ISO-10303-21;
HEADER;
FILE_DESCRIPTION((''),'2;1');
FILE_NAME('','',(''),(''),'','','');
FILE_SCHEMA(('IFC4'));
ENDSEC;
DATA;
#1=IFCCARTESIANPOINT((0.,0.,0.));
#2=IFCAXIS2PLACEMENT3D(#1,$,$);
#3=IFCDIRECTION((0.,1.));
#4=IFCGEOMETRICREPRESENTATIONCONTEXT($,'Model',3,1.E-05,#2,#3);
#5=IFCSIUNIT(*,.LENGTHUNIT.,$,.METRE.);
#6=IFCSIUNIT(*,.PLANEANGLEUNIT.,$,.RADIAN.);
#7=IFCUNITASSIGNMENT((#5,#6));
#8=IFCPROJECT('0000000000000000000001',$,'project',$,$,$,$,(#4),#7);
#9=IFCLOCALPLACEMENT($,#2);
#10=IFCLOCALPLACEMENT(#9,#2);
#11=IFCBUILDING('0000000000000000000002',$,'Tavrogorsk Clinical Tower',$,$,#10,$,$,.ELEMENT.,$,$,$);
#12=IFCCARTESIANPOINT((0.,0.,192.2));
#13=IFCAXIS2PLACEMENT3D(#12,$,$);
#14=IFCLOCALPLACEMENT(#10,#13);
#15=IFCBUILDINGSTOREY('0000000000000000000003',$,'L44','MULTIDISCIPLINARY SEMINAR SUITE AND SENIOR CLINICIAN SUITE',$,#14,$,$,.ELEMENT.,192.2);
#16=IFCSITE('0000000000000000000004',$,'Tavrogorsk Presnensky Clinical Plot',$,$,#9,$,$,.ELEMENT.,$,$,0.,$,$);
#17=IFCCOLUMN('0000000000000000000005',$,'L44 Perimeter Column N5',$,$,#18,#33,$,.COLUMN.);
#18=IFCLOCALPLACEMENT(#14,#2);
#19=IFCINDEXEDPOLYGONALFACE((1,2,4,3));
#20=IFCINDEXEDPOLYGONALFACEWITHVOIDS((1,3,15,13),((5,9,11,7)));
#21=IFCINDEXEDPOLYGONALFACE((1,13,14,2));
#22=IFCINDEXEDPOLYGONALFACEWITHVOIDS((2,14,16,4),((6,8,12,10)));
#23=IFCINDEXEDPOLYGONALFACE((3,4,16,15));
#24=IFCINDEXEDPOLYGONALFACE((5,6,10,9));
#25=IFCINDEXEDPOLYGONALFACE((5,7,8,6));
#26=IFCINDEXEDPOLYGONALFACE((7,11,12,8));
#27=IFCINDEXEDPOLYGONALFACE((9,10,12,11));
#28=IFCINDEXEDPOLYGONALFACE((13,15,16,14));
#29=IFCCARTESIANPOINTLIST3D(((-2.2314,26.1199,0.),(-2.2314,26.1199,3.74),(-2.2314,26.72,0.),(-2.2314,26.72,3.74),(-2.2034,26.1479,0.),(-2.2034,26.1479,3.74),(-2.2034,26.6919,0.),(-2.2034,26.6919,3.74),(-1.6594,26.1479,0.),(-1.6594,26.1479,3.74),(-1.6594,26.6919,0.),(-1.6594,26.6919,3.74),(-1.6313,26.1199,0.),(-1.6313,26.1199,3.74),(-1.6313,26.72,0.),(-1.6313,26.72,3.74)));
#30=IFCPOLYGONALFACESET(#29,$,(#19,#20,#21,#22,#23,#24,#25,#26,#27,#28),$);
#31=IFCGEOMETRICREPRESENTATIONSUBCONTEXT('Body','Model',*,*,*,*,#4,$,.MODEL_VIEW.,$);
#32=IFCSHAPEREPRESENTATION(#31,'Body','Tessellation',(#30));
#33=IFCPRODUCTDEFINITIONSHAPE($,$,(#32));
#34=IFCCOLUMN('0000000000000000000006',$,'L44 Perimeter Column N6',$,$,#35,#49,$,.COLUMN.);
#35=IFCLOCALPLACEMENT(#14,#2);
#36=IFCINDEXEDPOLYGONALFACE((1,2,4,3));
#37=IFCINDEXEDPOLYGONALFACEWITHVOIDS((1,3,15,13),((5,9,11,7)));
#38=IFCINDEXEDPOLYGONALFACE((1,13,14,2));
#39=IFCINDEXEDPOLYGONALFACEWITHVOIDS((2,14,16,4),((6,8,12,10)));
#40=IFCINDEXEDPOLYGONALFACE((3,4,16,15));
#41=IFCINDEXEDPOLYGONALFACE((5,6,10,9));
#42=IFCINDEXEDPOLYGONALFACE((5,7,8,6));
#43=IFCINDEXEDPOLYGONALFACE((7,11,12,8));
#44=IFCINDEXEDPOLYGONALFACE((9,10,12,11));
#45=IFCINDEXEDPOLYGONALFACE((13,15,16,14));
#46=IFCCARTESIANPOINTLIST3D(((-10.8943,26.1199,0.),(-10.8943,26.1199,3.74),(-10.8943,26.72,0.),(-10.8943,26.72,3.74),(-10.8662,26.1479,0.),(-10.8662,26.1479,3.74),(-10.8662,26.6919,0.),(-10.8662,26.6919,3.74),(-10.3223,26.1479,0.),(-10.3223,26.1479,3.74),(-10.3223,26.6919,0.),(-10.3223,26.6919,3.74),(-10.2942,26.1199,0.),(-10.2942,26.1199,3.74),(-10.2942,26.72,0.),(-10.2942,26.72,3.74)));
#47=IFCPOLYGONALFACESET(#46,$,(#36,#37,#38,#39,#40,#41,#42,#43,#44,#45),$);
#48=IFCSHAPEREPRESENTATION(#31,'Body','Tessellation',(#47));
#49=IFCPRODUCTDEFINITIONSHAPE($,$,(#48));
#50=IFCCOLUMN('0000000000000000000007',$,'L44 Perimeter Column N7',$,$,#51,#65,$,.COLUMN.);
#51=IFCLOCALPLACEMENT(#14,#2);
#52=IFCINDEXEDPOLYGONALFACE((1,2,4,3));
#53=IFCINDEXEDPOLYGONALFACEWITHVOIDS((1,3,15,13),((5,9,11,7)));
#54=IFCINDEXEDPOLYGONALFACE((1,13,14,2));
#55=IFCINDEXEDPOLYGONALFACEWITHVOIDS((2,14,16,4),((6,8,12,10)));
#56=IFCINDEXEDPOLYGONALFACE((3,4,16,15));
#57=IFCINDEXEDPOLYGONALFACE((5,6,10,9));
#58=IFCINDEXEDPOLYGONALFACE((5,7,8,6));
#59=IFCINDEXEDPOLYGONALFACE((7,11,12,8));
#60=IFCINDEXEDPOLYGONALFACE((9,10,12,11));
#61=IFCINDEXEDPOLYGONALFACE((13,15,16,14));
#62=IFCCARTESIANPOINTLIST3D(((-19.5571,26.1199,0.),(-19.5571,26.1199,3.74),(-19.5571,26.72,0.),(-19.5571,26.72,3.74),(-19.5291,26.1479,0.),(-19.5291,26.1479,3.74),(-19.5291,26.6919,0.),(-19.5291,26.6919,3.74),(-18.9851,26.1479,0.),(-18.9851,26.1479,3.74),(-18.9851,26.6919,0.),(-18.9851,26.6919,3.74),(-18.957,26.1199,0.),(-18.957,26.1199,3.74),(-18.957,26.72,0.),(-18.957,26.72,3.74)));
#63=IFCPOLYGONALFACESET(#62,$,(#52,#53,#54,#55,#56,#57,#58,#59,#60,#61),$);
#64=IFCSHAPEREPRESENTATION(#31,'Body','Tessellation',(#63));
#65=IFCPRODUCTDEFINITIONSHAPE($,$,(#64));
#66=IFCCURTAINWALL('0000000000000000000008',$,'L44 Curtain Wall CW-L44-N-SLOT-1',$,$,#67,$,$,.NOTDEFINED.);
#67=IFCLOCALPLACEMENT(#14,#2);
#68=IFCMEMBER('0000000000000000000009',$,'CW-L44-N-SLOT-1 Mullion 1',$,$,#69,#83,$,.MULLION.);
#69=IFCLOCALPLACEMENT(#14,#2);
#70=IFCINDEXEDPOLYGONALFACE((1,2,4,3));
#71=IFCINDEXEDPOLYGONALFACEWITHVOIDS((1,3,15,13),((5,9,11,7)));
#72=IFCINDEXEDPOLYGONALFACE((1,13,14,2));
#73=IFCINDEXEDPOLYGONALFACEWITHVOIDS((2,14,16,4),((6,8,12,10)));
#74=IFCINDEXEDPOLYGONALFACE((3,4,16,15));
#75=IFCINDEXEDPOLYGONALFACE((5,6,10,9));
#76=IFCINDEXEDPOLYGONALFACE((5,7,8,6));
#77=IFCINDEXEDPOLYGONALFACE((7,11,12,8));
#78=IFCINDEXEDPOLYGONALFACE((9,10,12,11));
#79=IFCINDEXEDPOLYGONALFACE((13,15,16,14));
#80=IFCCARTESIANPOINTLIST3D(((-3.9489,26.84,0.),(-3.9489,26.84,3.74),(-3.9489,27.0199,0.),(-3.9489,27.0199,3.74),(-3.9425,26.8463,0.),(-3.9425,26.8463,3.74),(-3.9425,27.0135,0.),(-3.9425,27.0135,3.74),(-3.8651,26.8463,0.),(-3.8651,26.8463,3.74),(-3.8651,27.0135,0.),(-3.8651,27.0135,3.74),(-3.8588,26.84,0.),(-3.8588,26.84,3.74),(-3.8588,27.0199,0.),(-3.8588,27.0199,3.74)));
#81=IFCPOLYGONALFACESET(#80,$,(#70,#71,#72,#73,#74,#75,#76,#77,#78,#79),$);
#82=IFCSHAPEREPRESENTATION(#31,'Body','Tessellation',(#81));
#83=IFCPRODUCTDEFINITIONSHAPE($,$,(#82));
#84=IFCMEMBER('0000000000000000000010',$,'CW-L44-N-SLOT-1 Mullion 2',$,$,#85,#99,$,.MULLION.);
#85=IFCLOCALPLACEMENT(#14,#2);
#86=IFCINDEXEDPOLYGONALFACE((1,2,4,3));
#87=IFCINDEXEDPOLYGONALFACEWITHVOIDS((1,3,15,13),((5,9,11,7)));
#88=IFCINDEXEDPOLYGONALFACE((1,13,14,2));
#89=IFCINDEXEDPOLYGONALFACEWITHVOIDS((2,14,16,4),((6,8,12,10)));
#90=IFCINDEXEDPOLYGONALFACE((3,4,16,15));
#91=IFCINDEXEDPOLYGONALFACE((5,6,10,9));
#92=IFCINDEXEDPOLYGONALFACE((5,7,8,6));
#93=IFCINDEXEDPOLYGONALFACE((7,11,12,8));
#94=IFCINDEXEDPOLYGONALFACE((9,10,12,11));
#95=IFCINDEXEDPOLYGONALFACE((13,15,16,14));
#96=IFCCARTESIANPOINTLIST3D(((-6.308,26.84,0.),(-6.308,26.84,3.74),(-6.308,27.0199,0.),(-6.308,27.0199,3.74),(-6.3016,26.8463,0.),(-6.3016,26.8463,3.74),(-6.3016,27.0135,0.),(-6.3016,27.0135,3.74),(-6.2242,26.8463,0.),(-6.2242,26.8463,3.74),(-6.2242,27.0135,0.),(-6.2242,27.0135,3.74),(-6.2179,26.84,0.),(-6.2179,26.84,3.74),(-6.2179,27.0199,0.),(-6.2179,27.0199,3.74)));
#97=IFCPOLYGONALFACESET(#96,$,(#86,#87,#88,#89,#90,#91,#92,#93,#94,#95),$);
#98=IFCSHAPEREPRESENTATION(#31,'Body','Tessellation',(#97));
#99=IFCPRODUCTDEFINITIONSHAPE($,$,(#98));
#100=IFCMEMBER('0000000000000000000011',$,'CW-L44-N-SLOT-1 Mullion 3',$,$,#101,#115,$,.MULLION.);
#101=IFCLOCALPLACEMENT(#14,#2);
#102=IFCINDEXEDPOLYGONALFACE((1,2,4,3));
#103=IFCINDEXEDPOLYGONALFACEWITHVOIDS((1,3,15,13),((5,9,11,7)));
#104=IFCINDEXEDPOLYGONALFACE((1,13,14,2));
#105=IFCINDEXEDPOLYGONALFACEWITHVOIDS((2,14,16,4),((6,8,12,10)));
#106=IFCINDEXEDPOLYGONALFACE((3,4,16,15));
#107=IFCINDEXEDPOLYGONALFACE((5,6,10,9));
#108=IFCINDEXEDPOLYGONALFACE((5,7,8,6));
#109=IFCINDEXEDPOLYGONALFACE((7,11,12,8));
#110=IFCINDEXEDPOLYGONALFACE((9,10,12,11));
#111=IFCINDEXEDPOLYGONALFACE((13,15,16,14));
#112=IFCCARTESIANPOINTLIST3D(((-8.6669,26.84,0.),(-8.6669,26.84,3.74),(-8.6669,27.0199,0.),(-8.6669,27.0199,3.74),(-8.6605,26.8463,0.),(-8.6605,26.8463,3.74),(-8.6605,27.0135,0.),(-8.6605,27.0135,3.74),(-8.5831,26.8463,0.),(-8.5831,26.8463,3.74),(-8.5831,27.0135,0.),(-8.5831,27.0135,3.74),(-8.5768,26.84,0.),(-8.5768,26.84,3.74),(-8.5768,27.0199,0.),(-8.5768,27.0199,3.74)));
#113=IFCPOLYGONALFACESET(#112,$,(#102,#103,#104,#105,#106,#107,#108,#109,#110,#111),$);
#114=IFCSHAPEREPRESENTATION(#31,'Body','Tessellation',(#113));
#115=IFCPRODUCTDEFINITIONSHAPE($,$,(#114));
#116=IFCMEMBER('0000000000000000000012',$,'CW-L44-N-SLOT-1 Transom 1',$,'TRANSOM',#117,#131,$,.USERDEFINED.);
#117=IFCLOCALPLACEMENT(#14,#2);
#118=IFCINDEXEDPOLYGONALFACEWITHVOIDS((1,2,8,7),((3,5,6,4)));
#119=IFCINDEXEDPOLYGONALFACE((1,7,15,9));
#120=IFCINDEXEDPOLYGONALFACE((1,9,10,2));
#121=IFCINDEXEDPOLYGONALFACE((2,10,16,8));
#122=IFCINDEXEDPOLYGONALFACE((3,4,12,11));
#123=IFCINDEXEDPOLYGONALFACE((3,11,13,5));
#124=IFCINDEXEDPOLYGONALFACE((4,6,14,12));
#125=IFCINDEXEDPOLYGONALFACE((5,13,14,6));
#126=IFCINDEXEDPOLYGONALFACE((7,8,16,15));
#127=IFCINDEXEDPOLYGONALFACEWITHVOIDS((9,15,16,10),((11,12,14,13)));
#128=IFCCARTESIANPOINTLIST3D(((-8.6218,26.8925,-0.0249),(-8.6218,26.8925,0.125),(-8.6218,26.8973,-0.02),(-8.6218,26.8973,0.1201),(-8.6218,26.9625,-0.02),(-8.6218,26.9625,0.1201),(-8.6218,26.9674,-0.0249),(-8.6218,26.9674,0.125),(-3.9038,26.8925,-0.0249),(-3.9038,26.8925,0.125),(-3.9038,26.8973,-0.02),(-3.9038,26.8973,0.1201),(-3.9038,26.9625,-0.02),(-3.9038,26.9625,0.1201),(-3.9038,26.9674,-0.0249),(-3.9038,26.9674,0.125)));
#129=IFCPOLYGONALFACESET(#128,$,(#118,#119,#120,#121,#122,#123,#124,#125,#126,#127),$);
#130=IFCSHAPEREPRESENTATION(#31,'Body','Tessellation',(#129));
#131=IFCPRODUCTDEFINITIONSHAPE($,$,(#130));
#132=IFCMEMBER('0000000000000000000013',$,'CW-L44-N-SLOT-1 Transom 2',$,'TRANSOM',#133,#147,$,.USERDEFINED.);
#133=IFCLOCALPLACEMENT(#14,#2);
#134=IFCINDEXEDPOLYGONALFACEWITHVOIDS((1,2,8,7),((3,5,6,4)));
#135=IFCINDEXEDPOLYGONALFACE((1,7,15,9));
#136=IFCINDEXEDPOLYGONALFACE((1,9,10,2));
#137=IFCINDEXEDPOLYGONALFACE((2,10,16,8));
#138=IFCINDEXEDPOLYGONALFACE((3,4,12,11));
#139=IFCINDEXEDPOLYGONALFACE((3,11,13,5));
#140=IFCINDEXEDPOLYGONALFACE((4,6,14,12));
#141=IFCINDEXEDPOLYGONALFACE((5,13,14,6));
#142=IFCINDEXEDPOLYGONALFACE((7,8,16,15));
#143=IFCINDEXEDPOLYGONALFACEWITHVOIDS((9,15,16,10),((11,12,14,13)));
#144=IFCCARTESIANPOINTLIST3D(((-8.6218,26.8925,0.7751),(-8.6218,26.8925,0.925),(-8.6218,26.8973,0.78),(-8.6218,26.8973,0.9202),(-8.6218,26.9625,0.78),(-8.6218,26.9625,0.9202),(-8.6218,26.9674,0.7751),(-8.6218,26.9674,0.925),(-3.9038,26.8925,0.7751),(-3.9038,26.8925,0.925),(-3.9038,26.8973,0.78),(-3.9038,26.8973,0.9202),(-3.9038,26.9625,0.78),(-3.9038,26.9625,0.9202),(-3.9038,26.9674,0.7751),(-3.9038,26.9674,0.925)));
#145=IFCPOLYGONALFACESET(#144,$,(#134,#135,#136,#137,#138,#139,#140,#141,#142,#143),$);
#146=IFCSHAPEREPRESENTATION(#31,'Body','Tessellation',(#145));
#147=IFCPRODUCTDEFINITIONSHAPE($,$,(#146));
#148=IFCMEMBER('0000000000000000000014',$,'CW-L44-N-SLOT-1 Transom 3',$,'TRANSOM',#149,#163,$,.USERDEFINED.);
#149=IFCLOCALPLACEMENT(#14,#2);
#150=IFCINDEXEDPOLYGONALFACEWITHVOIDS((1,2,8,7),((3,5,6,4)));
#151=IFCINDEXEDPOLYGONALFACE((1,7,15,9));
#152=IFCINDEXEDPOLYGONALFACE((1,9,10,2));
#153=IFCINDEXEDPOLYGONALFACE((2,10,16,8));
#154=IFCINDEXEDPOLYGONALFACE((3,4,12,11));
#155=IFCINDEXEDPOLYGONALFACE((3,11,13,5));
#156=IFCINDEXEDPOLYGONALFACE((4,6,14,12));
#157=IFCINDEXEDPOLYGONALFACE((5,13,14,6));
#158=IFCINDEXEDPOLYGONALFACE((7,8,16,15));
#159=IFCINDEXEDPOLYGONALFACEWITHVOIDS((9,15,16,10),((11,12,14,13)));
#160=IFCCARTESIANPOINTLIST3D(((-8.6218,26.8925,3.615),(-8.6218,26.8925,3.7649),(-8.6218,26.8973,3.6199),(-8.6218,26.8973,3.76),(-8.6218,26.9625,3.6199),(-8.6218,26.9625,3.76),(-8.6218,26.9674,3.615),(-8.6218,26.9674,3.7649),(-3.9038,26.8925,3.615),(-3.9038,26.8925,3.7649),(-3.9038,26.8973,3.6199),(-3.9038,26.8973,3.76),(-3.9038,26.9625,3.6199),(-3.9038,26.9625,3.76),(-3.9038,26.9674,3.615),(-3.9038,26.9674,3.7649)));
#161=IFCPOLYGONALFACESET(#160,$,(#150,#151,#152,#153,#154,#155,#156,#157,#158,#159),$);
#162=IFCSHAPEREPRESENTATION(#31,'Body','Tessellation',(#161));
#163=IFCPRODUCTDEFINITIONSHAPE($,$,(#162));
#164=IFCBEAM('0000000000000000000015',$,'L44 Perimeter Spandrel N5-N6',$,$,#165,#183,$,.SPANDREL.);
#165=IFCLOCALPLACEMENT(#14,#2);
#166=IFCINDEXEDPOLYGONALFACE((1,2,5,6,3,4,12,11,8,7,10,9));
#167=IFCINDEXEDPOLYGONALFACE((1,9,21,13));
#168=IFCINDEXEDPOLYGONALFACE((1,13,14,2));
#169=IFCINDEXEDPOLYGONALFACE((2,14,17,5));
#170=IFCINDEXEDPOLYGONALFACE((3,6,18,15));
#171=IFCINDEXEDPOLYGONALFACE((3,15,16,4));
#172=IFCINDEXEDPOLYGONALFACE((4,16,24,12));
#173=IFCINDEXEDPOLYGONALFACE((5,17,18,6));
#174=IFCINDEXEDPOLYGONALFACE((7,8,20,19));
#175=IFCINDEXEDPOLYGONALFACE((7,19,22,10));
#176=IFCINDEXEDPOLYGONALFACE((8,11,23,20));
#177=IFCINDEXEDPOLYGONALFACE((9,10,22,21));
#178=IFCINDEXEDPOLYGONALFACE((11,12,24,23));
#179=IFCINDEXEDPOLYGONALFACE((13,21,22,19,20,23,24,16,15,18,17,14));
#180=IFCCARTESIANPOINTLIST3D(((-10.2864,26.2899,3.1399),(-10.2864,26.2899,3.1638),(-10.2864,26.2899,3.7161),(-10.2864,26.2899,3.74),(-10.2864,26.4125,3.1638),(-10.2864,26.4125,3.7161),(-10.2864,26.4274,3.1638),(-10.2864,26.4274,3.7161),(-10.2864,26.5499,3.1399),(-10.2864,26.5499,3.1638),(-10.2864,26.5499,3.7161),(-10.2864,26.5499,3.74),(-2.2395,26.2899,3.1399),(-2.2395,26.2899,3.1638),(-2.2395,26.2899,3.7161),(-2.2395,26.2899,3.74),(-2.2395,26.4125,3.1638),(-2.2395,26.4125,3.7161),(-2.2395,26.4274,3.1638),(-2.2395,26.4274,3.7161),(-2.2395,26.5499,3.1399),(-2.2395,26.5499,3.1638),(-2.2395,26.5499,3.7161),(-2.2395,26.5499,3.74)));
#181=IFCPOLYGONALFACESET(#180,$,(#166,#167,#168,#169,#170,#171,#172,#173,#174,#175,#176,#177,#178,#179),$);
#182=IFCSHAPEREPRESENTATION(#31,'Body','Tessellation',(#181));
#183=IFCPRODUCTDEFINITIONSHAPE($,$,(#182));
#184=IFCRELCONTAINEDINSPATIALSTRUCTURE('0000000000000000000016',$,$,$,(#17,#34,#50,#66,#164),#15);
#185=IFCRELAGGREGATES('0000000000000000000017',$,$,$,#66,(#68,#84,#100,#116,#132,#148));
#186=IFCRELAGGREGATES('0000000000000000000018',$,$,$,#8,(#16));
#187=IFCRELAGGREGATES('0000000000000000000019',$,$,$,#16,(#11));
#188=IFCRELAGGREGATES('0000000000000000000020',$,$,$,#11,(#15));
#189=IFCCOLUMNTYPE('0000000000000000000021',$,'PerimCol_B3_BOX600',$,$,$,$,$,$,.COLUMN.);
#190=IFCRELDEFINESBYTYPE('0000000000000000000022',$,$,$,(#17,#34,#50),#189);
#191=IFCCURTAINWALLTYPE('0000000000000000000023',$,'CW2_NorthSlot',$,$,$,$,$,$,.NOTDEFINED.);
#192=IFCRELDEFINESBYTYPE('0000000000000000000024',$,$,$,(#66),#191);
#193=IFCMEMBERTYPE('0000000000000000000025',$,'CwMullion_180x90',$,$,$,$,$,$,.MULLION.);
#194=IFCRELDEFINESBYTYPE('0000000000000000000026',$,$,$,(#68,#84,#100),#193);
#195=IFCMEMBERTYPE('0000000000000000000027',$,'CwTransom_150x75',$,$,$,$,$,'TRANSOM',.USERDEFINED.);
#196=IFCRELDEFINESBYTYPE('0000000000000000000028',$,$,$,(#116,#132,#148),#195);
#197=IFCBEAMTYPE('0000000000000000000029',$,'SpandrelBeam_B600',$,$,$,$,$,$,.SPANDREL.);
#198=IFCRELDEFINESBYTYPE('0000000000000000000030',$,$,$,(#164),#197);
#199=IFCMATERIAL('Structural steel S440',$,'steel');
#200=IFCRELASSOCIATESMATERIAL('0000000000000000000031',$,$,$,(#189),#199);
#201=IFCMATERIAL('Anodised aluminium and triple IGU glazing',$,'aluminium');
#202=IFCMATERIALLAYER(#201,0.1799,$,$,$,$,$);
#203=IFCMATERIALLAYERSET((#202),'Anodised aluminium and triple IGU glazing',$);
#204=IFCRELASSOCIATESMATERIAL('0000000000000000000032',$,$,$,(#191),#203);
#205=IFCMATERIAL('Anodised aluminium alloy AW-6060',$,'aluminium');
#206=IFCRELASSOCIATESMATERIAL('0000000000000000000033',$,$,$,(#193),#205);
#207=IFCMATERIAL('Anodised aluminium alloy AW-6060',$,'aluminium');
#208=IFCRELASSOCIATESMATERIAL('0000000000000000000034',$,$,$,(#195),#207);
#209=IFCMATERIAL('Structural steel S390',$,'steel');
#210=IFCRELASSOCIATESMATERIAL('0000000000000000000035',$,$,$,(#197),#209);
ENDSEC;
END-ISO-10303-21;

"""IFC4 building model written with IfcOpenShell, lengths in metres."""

from ifc_helpers import new_model, si_unit, direction, frame, origin, origin_2d, place, context, subcontext, project, spatial, hollow_rectangle, i_section, extrude, material, layer, layer_set, material_profile, profile_set, type_object, element, aggregate, save


model = new_model("IFC4")

# Units and contexts
model_context = context("Model", 3, precision=1e-05, world=origin(), true_north=direction((0.0, 1.0)))
body_context = subcontext(model_context, "Body", "Model", "MODEL_VIEW")
ifc_project = project(units=[si_unit("LENGTHUNIT", "METRE"), si_unit("PLANEANGLEUNIT", "RADIAN")], contexts=[model_context])

# Site, building, storey
site_placement = place(None, origin())
site = spatial("IfcSite", under=ifc_project, at=site_placement, Name="Tavrogorsk Presnensky Clinical Plot", CompositionType="ELEMENT", RefElevation=0.0)
building_placement = place(site_placement, origin())
building = spatial("IfcBuilding", under=site, at=building_placement, Name="Tavrogorsk Clinical Tower", CompositionType="ELEMENT")
storey_placement = place(building_placement, frame((0.0, 0.0, 192.2)))
storey = spatial("IfcBuildingStorey", under=building, at=storey_placement, Name="L44", Description="MULTIDISCIPLINARY SEMINAR SUITE AND SENIOR CLINICIAN SUITE", CompositionType="ELEMENT", Elevation=192.2)

# Columns
ifc_material_1 = material(Name="Structural steel S440", Category="steel")
ifc_material_profile_1 = material_profile(ifc_material_1, hollow_rectangle(XDim=0.6001, YDim=0.6001, WallThickness=0.0281, at=origin_2d()), Name="BOX-600x600x28")
ifc_profile_set_1 = profile_set([ifc_material_profile_1], Name="Structural steel S440")
column_type = type_object("IfcColumnType", Name="PerimCol_B3_BOX600", PredefinedType="COLUMN", material=ifc_profile_set_1)
for number, where, z_axis, x_axis, name in (
    (1, (-1.9314, 26.4199, 0.0), (0.0, 0.0, 1.0), (1.0, 0.0, 0.0), "L44 Perimeter Column N5"),
    (2, (-10.5942, 26.4199, 0.0), (0.0, 0.0, 1.0), (1.0, 0.0, 0.0), "L44 Perimeter Column N6"),
    (3, (-19.2571, 26.4199, 0.0), (0.0, 0.0, 1.0), (1.0, 0.0, 0.0), "L44 Perimeter Column N7"),
):
    element("IfcColumn", number, at=place(storey_placement, frame(where, z_axis=z_axis, x_axis=x_axis)), inside=storey, type_object=column_type, Name=name, PredefinedType="COLUMN", context=body_context, shape_type="SweptSolid", body=[
        extrude(hollow_rectangle(XDim=0.6001, YDim=0.6001, WallThickness=0.0281, at=origin_2d()), origin(), (0.0, 0.0, 1.0), 3.74),
    ])

# Curtain wall, members
ifc_material_2 = material(Name="Anodised aluminium and triple IGU glazing", Category="aluminium")
ifc_layer_1 = layer(ifc_material_2, 0.1799)
ifc_layer_set_1 = layer_set([ifc_layer_1], Name="Anodised aluminium and triple IGU glazing")
curtain_wall_type = type_object("IfcCurtainWallType", Name="CW2_NorthSlot", PredefinedType="NOTDEFINED", material=ifc_layer_set_1)
curtain_wall_placement = place(storey_placement, origin())
curtain_wall = element("IfcCurtainWall", 4, at=curtain_wall_placement, inside=storey, type_object=curtain_wall_type, Name="L44 Curtain Wall CW-L44-N-SLOT-1", PredefinedType="NOTDEFINED")
ifc_material_3 = material(Name="Anodised aluminium alloy AW-6060", Category="aluminium")
ifc_material_profile_2 = material_profile(ifc_material_3, hollow_rectangle(XDim=0.0901, YDim=0.1799, WallThickness=0.0063, at=origin_2d()), Name="RHS-180x90x6.3")
ifc_profile_set_2 = profile_set([ifc_material_profile_2], Name="Anodised aluminium alloy AW-6060")
member_type_1 = type_object("IfcMemberType", Name="CwMullion_180x90", PredefinedType="MULLION", material=ifc_profile_set_2)
member_1_placement = place(storey_placement, frame((-3.9038, 26.9299, 0.0), z_axis=(0.0, 0.0, 1.0), x_axis=(-1.0, 0.0, 0.0)))
member_1 = element("IfcMember", 5, at=member_1_placement, type_object=member_type_1, Name="CW-L44-N-SLOT-1 Mullion 1", PredefinedType="MULLION", context=body_context, shape_type="SweptSolid", body=[
    extrude(hollow_rectangle(XDim=0.0901, YDim=0.1799, WallThickness=0.0063, at=origin_2d()), origin(), (0.0, 0.0, 1.0), 3.74),
])
member_2_placement = place(storey_placement, frame((-6.2629, 26.9299, 0.0), z_axis=(0.0, 0.0, 1.0), x_axis=(-1.0, 0.0, 0.0)))
member_2 = element("IfcMember", 6, at=member_2_placement, type_object=member_type_1, Name="CW-L44-N-SLOT-1 Mullion 2", PredefinedType="MULLION", context=body_context, shape_type="SweptSolid", body=[
    extrude(hollow_rectangle(XDim=0.0901, YDim=0.1799, WallThickness=0.0063, at=origin_2d()), origin(), (0.0, 0.0, 1.0), 3.74),
])
member_3_placement = place(storey_placement, frame((-8.6218, 26.9299, 0.0), z_axis=(0.0, 0.0, 1.0), x_axis=(-1.0, 0.0, 0.0)))
member_3 = element("IfcMember", 7, at=member_3_placement, type_object=member_type_1, Name="CW-L44-N-SLOT-1 Mullion 3", PredefinedType="MULLION", context=body_context, shape_type="SweptSolid", body=[
    extrude(hollow_rectangle(XDim=0.0901, YDim=0.1799, WallThickness=0.0063, at=origin_2d()), origin(), (0.0, 0.0, 1.0), 3.74),
])
ifc_material_4 = material(Name="Anodised aluminium alloy AW-6060", Category="aluminium")
ifc_material_profile_3 = material_profile(ifc_material_4, hollow_rectangle(XDim=0.075, YDim=0.1499, WallThickness=0.0049, at=origin_2d()), Name="RHS-150x75x5")
ifc_profile_set_3 = profile_set([ifc_material_profile_3], Name="Anodised aluminium alloy AW-6060")
member_type_2 = type_object("IfcMemberType", Name="CwTransom_150x75", ElementType="TRANSOM", PredefinedType="USERDEFINED", material=ifc_profile_set_3)
member_4_placement = place(storey_placement, frame((-3.9038, 26.9299, 0.05), z_axis=(-1.0, 0.0, 0.0), x_axis=(0.0, -1.0, 0.0)))
member_4 = element("IfcMember", 8, at=member_4_placement, type_object=member_type_2, Name="CW-L44-N-SLOT-1 Transom 1", ObjectType="TRANSOM", PredefinedType="USERDEFINED", context=body_context, shape_type="SweptSolid", body=[
    extrude(hollow_rectangle(XDim=0.075, YDim=0.1499, WallThickness=0.0049, at=origin_2d()), origin(), (0.0, 0.0, 1.0), 4.718),
])
member_5_placement = place(storey_placement, frame((-3.9038, 26.9299, 0.8501), z_axis=(-1.0, 0.0, 0.0), x_axis=(0.0, -1.0, 0.0)))
member_5 = element("IfcMember", 9, at=member_5_placement, type_object=member_type_2, Name="CW-L44-N-SLOT-1 Transom 2", ObjectType="TRANSOM", PredefinedType="USERDEFINED", context=body_context, shape_type="SweptSolid", body=[
    extrude(hollow_rectangle(XDim=0.075, YDim=0.1499, WallThickness=0.0049, at=origin_2d()), origin(), (0.0, 0.0, 1.0), 4.718),
])
member_6_placement = place(storey_placement, frame((-3.9038, 26.9299, 3.6899), z_axis=(-1.0, 0.0, 0.0), x_axis=(0.0, -1.0, 0.0)))
member_6 = element("IfcMember", 10, at=member_6_placement, type_object=member_type_2, Name="CW-L44-N-SLOT-1 Transom 3", ObjectType="TRANSOM", PredefinedType="USERDEFINED", context=body_context, shape_type="SweptSolid", body=[
    extrude(hollow_rectangle(XDim=0.075, YDim=0.1499, WallThickness=0.0049, at=origin_2d()), origin(), (0.0, 0.0, 1.0), 4.718),
])

# Beam
ifc_material_5 = material(Name="Structural steel S390", Category="steel")
ifc_material_profile_4 = material_profile(ifc_material_5, i_section(OverallWidth=0.26, OverallDepth=0.6001, WebThickness=0.0149, FlangeThickness=0.0239, at=origin_2d()), Name="B-600x260x15x24")
ifc_profile_set_4 = profile_set([ifc_material_profile_4], Name="Structural steel S390")
beam_type = type_object("IfcBeamType", Name="SpandrelBeam_B600", PredefinedType="SPANDREL", material=ifc_profile_set_4)
for number, where, z_axis, x_axis, name in (
    (11, (-2.2395, 26.4199, 3.4399), (-1.0, 0.0, 0.0), (0.0, -1.0, 0.0), "L44 Perimeter Spandrel N5-N6"),
):
    element("IfcBeam", number, at=place(storey_placement, frame(where, z_axis=z_axis, x_axis=x_axis)), inside=storey, type_object=beam_type, Name=name, PredefinedType="SPANDREL", context=body_context, shape_type="SweptSolid", body=[
        extrude(i_section(OverallWidth=0.26, OverallDepth=0.6001, WebThickness=0.0149, FlangeThickness=0.0239, at=origin_2d()), origin(), (0.0, 0.0, 1.0), 8.0469),
    ])

aggregate(curtain_wall, [member_1, member_2, member_3, member_4, member_5, member_6])

save(model, "model.ifc")
